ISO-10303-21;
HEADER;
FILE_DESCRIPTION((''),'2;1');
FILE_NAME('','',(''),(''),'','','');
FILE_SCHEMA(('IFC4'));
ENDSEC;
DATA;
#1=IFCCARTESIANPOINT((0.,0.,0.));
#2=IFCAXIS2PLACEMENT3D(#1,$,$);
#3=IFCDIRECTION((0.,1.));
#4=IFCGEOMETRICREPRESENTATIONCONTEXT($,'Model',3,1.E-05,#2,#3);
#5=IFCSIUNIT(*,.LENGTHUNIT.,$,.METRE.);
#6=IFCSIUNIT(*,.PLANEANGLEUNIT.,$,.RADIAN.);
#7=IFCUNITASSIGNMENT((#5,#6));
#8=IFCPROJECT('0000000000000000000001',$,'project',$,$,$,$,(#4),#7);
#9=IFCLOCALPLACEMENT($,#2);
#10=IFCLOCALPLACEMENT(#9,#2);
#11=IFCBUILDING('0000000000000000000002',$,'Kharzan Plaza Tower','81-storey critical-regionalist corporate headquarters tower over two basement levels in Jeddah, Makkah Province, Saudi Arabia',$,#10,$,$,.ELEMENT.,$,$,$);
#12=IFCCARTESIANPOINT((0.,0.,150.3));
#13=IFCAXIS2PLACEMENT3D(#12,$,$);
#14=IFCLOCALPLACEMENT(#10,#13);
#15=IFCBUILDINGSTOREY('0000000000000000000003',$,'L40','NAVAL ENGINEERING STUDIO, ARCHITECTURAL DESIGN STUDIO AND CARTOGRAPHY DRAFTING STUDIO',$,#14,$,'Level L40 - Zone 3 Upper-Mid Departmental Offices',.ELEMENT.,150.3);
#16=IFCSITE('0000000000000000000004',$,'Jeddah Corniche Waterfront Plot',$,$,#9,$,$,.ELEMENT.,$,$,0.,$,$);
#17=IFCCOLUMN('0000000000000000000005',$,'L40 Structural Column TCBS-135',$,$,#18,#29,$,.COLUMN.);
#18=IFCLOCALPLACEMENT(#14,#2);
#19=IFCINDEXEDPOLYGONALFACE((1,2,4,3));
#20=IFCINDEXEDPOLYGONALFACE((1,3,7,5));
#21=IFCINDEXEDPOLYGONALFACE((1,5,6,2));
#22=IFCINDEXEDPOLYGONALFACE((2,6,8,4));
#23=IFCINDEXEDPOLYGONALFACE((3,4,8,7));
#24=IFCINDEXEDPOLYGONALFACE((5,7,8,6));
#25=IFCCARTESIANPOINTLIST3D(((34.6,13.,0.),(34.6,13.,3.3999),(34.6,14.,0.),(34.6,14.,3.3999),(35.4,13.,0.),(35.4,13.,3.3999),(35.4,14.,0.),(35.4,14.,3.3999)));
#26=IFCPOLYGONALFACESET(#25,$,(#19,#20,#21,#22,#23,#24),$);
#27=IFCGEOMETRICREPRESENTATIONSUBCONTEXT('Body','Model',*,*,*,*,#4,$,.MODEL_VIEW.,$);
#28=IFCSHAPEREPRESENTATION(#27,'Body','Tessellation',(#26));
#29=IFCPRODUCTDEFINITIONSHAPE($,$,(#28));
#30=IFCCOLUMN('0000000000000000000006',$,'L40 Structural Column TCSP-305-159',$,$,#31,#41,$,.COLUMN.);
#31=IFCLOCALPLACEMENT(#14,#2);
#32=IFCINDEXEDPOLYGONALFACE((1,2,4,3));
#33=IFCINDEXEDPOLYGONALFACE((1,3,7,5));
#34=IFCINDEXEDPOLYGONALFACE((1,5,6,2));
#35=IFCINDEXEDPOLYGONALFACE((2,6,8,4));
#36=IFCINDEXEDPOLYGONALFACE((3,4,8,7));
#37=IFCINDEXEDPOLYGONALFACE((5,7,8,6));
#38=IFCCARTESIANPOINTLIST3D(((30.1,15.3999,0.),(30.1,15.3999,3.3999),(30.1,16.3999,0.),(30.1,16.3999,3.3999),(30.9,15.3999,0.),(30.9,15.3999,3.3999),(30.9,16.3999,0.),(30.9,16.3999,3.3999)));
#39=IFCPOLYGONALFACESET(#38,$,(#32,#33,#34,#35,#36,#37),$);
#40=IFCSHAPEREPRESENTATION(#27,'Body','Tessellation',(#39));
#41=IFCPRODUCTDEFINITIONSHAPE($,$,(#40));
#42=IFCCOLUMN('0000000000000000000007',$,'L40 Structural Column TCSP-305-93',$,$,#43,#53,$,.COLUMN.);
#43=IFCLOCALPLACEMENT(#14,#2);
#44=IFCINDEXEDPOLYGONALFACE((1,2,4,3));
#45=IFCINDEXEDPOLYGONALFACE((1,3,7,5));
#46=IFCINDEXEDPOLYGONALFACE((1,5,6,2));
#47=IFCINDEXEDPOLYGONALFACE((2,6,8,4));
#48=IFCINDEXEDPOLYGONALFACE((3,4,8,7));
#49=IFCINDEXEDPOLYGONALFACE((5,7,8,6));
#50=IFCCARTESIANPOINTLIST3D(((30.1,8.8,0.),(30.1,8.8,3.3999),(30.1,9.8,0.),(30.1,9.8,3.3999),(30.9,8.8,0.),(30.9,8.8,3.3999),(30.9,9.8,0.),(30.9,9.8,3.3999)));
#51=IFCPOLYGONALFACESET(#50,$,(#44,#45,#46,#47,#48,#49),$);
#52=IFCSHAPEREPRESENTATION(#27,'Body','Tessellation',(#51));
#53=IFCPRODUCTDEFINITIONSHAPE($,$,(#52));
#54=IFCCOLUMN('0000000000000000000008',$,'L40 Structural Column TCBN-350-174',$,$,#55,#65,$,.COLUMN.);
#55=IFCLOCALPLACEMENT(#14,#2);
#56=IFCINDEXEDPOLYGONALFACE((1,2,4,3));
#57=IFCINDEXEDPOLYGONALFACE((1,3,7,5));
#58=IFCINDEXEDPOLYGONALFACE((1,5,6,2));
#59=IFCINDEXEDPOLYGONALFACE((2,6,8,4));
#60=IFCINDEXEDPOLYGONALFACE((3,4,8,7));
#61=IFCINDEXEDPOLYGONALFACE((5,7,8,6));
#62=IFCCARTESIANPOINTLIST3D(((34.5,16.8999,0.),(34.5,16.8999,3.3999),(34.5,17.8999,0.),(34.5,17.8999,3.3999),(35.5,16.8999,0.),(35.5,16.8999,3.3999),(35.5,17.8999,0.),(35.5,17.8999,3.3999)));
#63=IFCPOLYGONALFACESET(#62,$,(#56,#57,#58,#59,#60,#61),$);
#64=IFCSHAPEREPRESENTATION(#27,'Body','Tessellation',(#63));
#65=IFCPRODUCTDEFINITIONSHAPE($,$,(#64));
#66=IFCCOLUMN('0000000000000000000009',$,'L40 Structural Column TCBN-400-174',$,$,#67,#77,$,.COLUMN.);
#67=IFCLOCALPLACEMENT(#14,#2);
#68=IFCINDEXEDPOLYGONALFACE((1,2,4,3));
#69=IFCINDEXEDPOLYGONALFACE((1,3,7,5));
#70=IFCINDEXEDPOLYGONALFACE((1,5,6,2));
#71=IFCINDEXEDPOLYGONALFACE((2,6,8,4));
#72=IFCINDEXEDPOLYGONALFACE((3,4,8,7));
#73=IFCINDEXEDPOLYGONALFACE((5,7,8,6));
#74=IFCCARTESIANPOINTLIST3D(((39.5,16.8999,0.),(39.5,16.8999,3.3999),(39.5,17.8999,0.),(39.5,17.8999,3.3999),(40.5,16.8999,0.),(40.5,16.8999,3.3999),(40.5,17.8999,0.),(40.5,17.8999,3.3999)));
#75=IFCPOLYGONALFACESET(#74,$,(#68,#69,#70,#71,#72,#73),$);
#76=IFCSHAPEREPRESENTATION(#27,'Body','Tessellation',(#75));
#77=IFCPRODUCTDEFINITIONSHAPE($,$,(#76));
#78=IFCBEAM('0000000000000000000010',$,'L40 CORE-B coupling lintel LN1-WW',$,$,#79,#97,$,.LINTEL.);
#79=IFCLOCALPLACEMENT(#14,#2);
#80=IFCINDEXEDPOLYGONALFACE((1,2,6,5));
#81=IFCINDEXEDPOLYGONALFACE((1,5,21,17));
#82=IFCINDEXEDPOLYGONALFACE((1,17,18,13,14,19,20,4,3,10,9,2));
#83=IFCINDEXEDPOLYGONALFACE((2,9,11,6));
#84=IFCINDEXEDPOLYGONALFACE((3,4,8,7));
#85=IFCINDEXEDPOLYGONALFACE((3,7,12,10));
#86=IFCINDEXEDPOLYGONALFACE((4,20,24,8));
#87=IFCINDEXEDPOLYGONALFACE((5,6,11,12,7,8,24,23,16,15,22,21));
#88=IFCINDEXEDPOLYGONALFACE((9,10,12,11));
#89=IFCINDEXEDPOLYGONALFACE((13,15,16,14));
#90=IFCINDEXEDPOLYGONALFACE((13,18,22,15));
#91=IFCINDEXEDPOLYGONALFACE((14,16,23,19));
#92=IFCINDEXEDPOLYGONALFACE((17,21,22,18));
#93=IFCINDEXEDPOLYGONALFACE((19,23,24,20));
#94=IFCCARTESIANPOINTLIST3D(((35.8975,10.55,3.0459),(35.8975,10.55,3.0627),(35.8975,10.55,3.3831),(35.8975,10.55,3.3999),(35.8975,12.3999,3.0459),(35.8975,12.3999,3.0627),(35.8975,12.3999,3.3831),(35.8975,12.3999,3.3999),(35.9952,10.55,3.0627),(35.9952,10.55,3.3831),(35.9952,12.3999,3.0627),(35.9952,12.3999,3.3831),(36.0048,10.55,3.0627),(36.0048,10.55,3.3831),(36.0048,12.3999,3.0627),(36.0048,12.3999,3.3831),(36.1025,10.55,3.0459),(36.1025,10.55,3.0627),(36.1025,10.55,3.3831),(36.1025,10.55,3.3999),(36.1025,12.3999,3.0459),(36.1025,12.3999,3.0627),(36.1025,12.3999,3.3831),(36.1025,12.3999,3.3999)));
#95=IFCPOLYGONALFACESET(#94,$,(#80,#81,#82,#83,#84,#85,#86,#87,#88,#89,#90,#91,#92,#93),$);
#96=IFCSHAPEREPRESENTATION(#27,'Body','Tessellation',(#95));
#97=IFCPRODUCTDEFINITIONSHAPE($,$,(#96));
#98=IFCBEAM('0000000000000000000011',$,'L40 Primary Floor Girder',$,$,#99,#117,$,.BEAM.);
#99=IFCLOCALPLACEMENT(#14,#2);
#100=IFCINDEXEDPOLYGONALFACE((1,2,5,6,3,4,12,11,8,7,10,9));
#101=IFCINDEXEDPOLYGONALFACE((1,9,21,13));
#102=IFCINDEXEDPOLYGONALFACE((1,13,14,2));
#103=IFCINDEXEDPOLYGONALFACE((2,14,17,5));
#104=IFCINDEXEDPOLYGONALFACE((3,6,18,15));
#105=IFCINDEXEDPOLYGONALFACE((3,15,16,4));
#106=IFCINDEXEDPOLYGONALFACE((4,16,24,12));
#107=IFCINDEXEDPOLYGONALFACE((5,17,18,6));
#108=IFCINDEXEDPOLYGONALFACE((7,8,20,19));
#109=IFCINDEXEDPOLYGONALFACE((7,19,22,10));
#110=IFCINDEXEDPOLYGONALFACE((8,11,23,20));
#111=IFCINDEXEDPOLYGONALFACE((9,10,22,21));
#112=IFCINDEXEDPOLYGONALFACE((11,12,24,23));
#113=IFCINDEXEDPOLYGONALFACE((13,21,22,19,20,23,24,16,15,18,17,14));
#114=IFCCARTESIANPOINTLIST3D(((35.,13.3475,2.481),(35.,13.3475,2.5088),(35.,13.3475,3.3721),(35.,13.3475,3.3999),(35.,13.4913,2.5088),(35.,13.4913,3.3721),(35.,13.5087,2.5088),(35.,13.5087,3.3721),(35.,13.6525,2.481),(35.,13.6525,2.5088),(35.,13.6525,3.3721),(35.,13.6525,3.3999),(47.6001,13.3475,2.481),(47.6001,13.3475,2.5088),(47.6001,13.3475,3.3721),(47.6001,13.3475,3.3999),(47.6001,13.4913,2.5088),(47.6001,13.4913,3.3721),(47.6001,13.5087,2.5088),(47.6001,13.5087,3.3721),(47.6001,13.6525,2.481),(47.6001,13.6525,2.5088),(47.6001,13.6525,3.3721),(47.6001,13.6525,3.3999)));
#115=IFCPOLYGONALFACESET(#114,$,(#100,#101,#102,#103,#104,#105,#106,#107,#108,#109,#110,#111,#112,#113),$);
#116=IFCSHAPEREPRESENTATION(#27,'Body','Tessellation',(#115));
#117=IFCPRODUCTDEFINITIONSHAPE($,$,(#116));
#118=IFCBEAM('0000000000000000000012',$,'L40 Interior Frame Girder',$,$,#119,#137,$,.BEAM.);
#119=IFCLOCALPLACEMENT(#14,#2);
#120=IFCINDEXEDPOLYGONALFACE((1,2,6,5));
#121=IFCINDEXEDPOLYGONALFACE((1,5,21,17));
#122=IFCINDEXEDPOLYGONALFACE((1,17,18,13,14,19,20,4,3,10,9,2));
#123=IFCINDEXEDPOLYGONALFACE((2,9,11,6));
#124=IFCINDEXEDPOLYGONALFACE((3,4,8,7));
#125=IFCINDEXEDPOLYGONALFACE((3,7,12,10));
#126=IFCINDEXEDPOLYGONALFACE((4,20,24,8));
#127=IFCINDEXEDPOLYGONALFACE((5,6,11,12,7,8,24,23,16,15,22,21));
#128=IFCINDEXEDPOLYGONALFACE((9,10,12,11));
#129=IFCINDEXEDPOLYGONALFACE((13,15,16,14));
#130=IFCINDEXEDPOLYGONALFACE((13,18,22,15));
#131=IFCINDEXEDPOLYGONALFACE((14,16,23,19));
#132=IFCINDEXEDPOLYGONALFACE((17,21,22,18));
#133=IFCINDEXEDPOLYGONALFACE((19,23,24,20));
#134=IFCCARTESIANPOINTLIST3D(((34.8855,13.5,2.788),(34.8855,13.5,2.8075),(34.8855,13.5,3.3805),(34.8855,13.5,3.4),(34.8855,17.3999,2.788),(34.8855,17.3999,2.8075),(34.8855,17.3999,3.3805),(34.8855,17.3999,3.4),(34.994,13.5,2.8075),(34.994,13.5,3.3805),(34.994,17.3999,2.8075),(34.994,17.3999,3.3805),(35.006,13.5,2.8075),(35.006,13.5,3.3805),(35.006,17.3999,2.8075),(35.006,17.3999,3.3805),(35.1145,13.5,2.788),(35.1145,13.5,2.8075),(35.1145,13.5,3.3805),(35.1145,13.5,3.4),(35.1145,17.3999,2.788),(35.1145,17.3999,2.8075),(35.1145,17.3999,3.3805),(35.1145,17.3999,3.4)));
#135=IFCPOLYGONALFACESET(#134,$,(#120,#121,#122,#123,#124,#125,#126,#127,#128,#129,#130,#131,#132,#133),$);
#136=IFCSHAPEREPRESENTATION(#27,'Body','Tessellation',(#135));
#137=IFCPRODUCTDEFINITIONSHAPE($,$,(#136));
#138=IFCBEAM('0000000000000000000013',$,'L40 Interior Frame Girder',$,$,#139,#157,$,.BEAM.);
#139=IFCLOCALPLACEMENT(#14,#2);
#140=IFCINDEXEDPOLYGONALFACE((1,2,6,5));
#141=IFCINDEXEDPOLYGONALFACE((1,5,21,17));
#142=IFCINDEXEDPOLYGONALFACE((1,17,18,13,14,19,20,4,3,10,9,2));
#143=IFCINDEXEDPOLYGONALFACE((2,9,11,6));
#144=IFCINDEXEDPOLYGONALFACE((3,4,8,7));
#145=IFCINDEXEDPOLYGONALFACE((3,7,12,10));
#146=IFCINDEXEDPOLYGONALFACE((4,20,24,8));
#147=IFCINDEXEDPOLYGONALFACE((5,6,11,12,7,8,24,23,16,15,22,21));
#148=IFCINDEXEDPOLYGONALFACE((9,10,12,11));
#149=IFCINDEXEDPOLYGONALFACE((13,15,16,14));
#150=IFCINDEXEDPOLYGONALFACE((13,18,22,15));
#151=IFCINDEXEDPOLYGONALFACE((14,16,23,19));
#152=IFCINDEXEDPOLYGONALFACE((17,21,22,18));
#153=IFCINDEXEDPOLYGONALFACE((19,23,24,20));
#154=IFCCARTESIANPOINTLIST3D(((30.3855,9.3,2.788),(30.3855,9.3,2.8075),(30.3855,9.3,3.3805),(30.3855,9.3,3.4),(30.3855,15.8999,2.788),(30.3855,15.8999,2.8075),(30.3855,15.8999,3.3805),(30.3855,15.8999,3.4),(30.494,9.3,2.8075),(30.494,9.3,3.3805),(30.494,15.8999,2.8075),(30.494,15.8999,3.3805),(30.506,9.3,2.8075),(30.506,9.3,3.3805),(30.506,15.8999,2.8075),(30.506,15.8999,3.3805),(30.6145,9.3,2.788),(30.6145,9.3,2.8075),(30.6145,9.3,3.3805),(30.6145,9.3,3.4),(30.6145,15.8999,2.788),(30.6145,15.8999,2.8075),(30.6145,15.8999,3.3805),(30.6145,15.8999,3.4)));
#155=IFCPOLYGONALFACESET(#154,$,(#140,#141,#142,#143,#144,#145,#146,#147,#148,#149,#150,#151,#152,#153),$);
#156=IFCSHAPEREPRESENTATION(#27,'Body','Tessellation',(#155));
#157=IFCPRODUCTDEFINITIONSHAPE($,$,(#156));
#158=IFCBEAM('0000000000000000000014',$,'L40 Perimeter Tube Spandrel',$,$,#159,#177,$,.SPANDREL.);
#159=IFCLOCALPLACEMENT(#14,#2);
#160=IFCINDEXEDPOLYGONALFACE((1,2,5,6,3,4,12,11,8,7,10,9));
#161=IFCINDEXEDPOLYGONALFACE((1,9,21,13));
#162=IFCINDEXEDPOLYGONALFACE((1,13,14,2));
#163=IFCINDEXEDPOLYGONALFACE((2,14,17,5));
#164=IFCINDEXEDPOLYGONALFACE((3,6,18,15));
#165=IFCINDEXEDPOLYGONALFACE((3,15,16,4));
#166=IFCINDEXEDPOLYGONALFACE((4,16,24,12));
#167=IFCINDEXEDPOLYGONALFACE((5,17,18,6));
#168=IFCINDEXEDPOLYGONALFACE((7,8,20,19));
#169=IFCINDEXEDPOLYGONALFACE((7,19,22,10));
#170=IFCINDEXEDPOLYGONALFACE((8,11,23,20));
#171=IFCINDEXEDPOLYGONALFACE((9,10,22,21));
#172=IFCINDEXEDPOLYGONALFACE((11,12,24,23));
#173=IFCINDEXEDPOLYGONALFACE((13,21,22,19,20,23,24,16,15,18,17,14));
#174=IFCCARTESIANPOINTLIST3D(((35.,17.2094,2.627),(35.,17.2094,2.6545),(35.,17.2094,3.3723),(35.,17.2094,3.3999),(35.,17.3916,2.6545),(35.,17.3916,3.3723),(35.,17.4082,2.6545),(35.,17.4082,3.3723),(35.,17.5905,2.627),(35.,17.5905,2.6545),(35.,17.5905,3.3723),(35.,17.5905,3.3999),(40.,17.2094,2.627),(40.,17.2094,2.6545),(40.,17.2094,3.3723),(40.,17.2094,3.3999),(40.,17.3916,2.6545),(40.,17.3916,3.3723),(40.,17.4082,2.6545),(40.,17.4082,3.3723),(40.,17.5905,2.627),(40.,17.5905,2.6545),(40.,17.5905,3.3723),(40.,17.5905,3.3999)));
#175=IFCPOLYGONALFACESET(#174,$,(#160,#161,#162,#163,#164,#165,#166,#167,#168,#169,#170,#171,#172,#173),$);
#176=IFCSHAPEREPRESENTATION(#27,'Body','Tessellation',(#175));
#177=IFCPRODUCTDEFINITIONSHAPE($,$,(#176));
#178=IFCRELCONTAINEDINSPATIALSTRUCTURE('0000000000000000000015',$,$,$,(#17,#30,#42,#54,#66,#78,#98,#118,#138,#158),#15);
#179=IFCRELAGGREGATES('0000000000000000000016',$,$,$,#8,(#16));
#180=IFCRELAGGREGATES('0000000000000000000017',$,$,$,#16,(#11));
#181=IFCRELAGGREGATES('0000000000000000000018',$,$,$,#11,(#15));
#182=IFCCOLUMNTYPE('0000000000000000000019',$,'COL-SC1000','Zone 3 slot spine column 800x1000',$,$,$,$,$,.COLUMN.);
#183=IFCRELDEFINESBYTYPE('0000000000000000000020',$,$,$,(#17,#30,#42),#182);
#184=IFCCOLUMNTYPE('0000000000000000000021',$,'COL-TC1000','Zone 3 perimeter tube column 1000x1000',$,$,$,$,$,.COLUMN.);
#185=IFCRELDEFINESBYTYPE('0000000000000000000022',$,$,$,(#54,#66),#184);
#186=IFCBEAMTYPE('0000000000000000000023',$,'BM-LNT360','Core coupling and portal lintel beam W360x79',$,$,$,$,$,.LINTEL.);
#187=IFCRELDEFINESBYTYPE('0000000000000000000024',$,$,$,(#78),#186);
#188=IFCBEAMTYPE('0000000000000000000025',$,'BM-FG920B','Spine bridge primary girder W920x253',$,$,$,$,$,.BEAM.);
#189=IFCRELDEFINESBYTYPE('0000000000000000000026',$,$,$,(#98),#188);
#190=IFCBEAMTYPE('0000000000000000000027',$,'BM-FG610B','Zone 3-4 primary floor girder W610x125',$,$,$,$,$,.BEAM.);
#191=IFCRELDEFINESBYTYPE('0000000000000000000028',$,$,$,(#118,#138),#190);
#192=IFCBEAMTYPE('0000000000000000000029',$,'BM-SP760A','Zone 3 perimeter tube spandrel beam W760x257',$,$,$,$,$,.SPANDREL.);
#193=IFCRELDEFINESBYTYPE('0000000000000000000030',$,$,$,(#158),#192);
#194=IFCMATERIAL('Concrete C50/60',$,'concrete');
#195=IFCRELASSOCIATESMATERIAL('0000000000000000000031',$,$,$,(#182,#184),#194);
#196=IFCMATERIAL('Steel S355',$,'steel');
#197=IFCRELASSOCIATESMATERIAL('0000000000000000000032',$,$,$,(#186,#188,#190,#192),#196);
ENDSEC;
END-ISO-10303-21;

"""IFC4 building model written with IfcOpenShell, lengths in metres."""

from ifc_helpers import new_model, si_unit, direction, frame, origin, origin_2d, place, context, subcontext, project, spatial, rectangle, i_section, extrude, source, transform, mapped, material, material_profile, profile_set, type_object, element, save


model = new_model("IFC4")

# Units and contexts
model_context = context("Model", 3, precision=1e-05, world=origin(), true_north=direction((0.0, 1.0)))
body_context = subcontext(model_context, "Body", "Model", "MODEL_VIEW")
ifc_project = project(units=[si_unit("LENGTHUNIT", "METRE"), si_unit("PLANEANGLEUNIT", "RADIAN")], contexts=[model_context])

# Site, building, storey
site_placement = place(None, origin())
site = spatial("IfcSite", under=ifc_project, at=site_placement, Name="Jeddah Corniche Waterfront Plot", CompositionType="ELEMENT", RefElevation=0.0)
building_placement = place(site_placement, origin())
building = spatial("IfcBuilding", under=site, at=building_placement, Name="Kharzan Plaza Tower", Description="81-storey critical-regionalist corporate headquarters tower over two basement levels in Jeddah, Makkah Province, Saudi Arabia", CompositionType="ELEMENT")
storey_placement = place(building_placement, frame((0.0, 0.0, 150.3)))
storey = spatial("IfcBuildingStorey", under=building, at=storey_placement, Name="L40", Description="NAVAL ENGINEERING STUDIO, ARCHITECTURAL DESIGN STUDIO AND CARTOGRAPHY DRAFTING STUDIO", LongName="Level L40 - Zone 3 Upper-Mid Departmental Offices", CompositionType="ELEMENT", Elevation=150.3)

# Columns
ifc_material_1 = material(Name="Concrete C50/60", Category="concrete")
ifc_material_profile_1 = material_profile(ifc_material_1, rectangle(XDim=0.8, YDim=1.0, at=origin_2d()), Name="RC-SC1000x800")
ifc_profile_set_1 = profile_set([ifc_material_profile_1], Name="Concrete C50/60")
column_type_1 = type_object("IfcColumnType", Name="COL-SC1000", Description="Zone 3 slot spine column 800x1000", PredefinedType="COLUMN", material=ifc_profile_set_1)
shared_shape_1 = source(origin(), body_context, "Body", "SweptSolid", [
    extrude(rectangle(XDim=0.8, YDim=1.0, at=origin_2d()), origin(), (0.0, 0.0, 1.0), 3.3999),
])
for number, where, z_axis, x_axis, name in (
    (1, (35.0, 13.5, 0.0), (0.0, 0.0, 1.0), (1.0, 0.0, 0.0), "L40 Structural Column TCBS-135"),
    (2, (30.5, 15.8999, 0.0), (0.0, 0.0, 1.0), (1.0, 0.0, 0.0), "L40 Structural Column TCSP-305-159"),
    (3, (30.5, 9.3, 0.0), (0.0, 0.0, 1.0), (1.0, 0.0, 0.0), "L40 Structural Column TCSP-305-93"),
):
    element("IfcColumn", number, at=place(storey_placement, frame(where, z_axis=z_axis, x_axis=x_axis)), inside=storey, type_object=column_type_1, Name=name, PredefinedType="COLUMN", context=body_context, shape_type="MappedRepresentation", body=[
        mapped(shared_shape_1, transform((0.0, 0.0, 0.0), x_axis=(1.0, 0.0, 0.0), y_axis=(0.0, 1.0, 0.0), z_axis=(0.0, 0.0, 1.0))),
    ])
ifc_material_profile_2 = material_profile(ifc_material_1, rectangle(XDim=1.0, YDim=1.0, at=origin_2d()), Name="RC-TC1000x1000")
ifc_profile_set_2 = profile_set([ifc_material_profile_2], Name="Concrete C50/60")
column_type_2 = type_object("IfcColumnType", Name="COL-TC1000", Description="Zone 3 perimeter tube column 1000x1000", PredefinedType="COLUMN", material=ifc_profile_set_2)
shared_shape_2 = source(origin(), body_context, "Body", "SweptSolid", [
    extrude(rectangle(XDim=1.0, YDim=1.0, at=origin_2d()), origin(), (0.0, 0.0, 1.0), 3.3999),
])
for number, where, z_axis, x_axis, name in (
    (4, (35.0, 17.3999, 0.0), (0.0, 0.0, 1.0), (1.0, 0.0, 0.0), "L40 Structural Column TCBN-350-174"),
    (5, (40.0, 17.3999, 0.0), (0.0, 0.0, 1.0), (1.0, 0.0, 0.0), "L40 Structural Column TCBN-400-174"),
):
    element("IfcColumn", number, at=place(storey_placement, frame(where, z_axis=z_axis, x_axis=x_axis)), inside=storey, type_object=column_type_2, Name=name, PredefinedType="COLUMN", context=body_context, shape_type="MappedRepresentation", body=[
        mapped(shared_shape_2, transform((0.0, 0.0, 0.0), x_axis=(1.0, 0.0, 0.0), y_axis=(0.0, 1.0, 0.0), z_axis=(0.0, 0.0, 1.0))),
    ])

# Beams
ifc_material_2 = material(Name="Steel S355", Category="steel")
ifc_material_profile_3 = material_profile(ifc_material_2, i_section(OverallWidth=0.2051, OverallDepth=0.354, WebThickness=0.0095, FlangeThickness=0.0168, at=origin_2d()), Name="W360x79")
ifc_profile_set_3 = profile_set([ifc_material_profile_3], Name="Steel S355")
beam_type_1 = type_object("IfcBeamType", Name="BM-LNT360", Description="Core coupling and portal lintel beam W360x79", PredefinedType="LINTEL", material=ifc_profile_set_3)
shared_shape_3 = source(origin(), body_context, "Body", "SweptSolid", [
    extrude(i_section(OverallWidth=0.2051, OverallDepth=0.354, WebThickness=0.0095, FlangeThickness=0.0168, at=origin_2d()), origin(), (0.0, 0.0, 1.0), 1.8499),
])
beam_1_placement = place(storey_placement, frame((36.0, 10.55, 3.2229), z_axis=(0.0, 1.0, 0.0), x_axis=(-1.0, 0.0, 0.0)))
element("IfcBeam", 6, at=beam_1_placement, inside=storey, type_object=beam_type_1, Name="L40 CORE-B coupling lintel LN1-WW", PredefinedType="LINTEL", context=body_context, shape_type="MappedRepresentation", body=[
    mapped(shared_shape_3, transform((0.0, 0.0, 0.0), x_axis=(1.0, 0.0, 0.0), y_axis=(0.0, 1.0, 0.0), z_axis=(0.0, 0.0, 1.0))),
])
ifc_material_profile_4 = material_profile(ifc_material_2, i_section(OverallWidth=0.3049, OverallDepth=0.9189, WebThickness=0.0173, FlangeThickness=0.0278, at=origin_2d()), Name="W920x253")
ifc_profile_set_4 = profile_set([ifc_material_profile_4], Name="Steel S355")
beam_type_2 = type_object("IfcBeamType", Name="BM-FG920B", Description="Spine bridge primary girder W920x253", PredefinedType="BEAM", material=ifc_profile_set_4)
shared_shape_4 = source(origin(), body_context, "Body", "SweptSolid", [
    extrude(i_section(OverallWidth=0.3049, OverallDepth=0.9189, WebThickness=0.0173, FlangeThickness=0.0278, at=origin_2d()), origin(), (0.0, 0.0, 1.0), 12.6001),
])
beam_2_placement = place(storey_placement, frame((35.0, 13.5, 2.9404), z_axis=(1.0, 0.0, 0.0), x_axis=(0.0, 1.0, 0.0)))
element("IfcBeam", 7, at=beam_2_placement, inside=storey, type_object=beam_type_2, Name="L40 Primary Floor Girder", PredefinedType="BEAM", context=body_context, shape_type="MappedRepresentation", body=[
    mapped(shared_shape_4, transform((0.0, 0.0, 0.0), x_axis=(1.0, 0.0, 0.0), y_axis=(0.0, 1.0, 0.0), z_axis=(0.0, 0.0, 1.0))),
])
ifc_material_profile_5 = material_profile(ifc_material_2, i_section(OverallWidth=0.229, OverallDepth=0.6121, WebThickness=0.012, FlangeThickness=0.0195, at=origin_2d()), Name="W610x125")
ifc_profile_set_5 = profile_set([ifc_material_profile_5], Name="Steel S355")
beam_type_3 = type_object("IfcBeamType", Name="BM-FG610B", Description="Zone 3-4 primary floor girder W610x125", PredefinedType="BEAM", material=ifc_profile_set_5)
shared_shape_5 = source(origin(), body_context, "Body", "SweptSolid", [
    extrude(i_section(OverallWidth=0.229, OverallDepth=0.6121, WebThickness=0.012, FlangeThickness=0.0195, at=origin_2d()), origin(), (0.0, 0.0, 1.0), 3.8999),
])
beam_3_placement = place(storey_placement, frame((35.0, 13.5, 3.094), z_axis=(0.0, 1.0, 0.0), x_axis=(-1.0, 0.0, 0.0)))
element("IfcBeam", 8, at=beam_3_placement, inside=storey, type_object=beam_type_3, Name="L40 Interior Frame Girder", PredefinedType="BEAM", context=body_context, shape_type="MappedRepresentation", body=[
    mapped(shared_shape_5, transform((0.0, 0.0, 0.0), x_axis=(1.0, 0.0, 0.0), y_axis=(0.0, 1.0, 0.0), z_axis=(0.0, 0.0, 1.0))),
])
shared_shape_6 = source(origin(), body_context, "Body", "SweptSolid", [
    extrude(i_section(OverallWidth=0.229, OverallDepth=0.6121, WebThickness=0.012, FlangeThickness=0.0195, at=origin_2d()), origin(), (0.0, 0.0, 1.0), 6.5999),
])
beam_4_placement = place(storey_placement, frame((30.5, 9.3, 3.094), z_axis=(0.0, 1.0, 0.0), x_axis=(-1.0, 0.0, 0.0)))
element("IfcBeam", 9, at=beam_4_placement, inside=storey, type_object=beam_type_3, Name="L40 Interior Frame Girder", PredefinedType="BEAM", context=body_context, shape_type="MappedRepresentation", body=[
    mapped(shared_shape_6, transform((0.0, 0.0, 0.0), x_axis=(1.0, 0.0, 0.0), y_axis=(0.0, 1.0, 0.0), z_axis=(0.0, 0.0, 1.0))),
])
ifc_material_profile_6 = material_profile(ifc_material_2, i_section(OverallWidth=0.3811, OverallDepth=0.7729, WebThickness=0.0166, FlangeThickness=0.0276, at=origin_2d()), Name="W760x257")
ifc_profile_set_6 = profile_set([ifc_material_profile_6], Name="Steel S355")
beam_type_4 = type_object("IfcBeamType", Name="BM-SP760A", Description="Zone 3 perimeter tube spandrel beam W760x257", PredefinedType="SPANDREL", material=ifc_profile_set_6)
shared_shape_7 = source(origin(), body_context, "Body", "SweptSolid", [
    extrude(i_section(OverallWidth=0.3811, OverallDepth=0.7729, WebThickness=0.0166, FlangeThickness=0.0276, at=origin_2d()), origin(), (0.0, 0.0, 1.0), 5.0),
])
beam_5_placement = place(storey_placement, frame((35.0, 17.3999, 3.0134), z_axis=(1.0, 0.0, 0.0), x_axis=(0.0, 1.0, 0.0)))
element("IfcBeam", 10, at=beam_5_placement, inside=storey, type_object=beam_type_4, Name="L40 Perimeter Tube Spandrel", PredefinedType="SPANDREL", context=body_context, shape_type="MappedRepresentation", body=[
    mapped(shared_shape_7, transform((0.0, 0.0, 0.0), x_axis=(1.0, 0.0, 0.0), y_axis=(0.0, 1.0, 0.0), z_axis=(0.0, 0.0, 1.0))),
])

save(model, "model.ifc")
